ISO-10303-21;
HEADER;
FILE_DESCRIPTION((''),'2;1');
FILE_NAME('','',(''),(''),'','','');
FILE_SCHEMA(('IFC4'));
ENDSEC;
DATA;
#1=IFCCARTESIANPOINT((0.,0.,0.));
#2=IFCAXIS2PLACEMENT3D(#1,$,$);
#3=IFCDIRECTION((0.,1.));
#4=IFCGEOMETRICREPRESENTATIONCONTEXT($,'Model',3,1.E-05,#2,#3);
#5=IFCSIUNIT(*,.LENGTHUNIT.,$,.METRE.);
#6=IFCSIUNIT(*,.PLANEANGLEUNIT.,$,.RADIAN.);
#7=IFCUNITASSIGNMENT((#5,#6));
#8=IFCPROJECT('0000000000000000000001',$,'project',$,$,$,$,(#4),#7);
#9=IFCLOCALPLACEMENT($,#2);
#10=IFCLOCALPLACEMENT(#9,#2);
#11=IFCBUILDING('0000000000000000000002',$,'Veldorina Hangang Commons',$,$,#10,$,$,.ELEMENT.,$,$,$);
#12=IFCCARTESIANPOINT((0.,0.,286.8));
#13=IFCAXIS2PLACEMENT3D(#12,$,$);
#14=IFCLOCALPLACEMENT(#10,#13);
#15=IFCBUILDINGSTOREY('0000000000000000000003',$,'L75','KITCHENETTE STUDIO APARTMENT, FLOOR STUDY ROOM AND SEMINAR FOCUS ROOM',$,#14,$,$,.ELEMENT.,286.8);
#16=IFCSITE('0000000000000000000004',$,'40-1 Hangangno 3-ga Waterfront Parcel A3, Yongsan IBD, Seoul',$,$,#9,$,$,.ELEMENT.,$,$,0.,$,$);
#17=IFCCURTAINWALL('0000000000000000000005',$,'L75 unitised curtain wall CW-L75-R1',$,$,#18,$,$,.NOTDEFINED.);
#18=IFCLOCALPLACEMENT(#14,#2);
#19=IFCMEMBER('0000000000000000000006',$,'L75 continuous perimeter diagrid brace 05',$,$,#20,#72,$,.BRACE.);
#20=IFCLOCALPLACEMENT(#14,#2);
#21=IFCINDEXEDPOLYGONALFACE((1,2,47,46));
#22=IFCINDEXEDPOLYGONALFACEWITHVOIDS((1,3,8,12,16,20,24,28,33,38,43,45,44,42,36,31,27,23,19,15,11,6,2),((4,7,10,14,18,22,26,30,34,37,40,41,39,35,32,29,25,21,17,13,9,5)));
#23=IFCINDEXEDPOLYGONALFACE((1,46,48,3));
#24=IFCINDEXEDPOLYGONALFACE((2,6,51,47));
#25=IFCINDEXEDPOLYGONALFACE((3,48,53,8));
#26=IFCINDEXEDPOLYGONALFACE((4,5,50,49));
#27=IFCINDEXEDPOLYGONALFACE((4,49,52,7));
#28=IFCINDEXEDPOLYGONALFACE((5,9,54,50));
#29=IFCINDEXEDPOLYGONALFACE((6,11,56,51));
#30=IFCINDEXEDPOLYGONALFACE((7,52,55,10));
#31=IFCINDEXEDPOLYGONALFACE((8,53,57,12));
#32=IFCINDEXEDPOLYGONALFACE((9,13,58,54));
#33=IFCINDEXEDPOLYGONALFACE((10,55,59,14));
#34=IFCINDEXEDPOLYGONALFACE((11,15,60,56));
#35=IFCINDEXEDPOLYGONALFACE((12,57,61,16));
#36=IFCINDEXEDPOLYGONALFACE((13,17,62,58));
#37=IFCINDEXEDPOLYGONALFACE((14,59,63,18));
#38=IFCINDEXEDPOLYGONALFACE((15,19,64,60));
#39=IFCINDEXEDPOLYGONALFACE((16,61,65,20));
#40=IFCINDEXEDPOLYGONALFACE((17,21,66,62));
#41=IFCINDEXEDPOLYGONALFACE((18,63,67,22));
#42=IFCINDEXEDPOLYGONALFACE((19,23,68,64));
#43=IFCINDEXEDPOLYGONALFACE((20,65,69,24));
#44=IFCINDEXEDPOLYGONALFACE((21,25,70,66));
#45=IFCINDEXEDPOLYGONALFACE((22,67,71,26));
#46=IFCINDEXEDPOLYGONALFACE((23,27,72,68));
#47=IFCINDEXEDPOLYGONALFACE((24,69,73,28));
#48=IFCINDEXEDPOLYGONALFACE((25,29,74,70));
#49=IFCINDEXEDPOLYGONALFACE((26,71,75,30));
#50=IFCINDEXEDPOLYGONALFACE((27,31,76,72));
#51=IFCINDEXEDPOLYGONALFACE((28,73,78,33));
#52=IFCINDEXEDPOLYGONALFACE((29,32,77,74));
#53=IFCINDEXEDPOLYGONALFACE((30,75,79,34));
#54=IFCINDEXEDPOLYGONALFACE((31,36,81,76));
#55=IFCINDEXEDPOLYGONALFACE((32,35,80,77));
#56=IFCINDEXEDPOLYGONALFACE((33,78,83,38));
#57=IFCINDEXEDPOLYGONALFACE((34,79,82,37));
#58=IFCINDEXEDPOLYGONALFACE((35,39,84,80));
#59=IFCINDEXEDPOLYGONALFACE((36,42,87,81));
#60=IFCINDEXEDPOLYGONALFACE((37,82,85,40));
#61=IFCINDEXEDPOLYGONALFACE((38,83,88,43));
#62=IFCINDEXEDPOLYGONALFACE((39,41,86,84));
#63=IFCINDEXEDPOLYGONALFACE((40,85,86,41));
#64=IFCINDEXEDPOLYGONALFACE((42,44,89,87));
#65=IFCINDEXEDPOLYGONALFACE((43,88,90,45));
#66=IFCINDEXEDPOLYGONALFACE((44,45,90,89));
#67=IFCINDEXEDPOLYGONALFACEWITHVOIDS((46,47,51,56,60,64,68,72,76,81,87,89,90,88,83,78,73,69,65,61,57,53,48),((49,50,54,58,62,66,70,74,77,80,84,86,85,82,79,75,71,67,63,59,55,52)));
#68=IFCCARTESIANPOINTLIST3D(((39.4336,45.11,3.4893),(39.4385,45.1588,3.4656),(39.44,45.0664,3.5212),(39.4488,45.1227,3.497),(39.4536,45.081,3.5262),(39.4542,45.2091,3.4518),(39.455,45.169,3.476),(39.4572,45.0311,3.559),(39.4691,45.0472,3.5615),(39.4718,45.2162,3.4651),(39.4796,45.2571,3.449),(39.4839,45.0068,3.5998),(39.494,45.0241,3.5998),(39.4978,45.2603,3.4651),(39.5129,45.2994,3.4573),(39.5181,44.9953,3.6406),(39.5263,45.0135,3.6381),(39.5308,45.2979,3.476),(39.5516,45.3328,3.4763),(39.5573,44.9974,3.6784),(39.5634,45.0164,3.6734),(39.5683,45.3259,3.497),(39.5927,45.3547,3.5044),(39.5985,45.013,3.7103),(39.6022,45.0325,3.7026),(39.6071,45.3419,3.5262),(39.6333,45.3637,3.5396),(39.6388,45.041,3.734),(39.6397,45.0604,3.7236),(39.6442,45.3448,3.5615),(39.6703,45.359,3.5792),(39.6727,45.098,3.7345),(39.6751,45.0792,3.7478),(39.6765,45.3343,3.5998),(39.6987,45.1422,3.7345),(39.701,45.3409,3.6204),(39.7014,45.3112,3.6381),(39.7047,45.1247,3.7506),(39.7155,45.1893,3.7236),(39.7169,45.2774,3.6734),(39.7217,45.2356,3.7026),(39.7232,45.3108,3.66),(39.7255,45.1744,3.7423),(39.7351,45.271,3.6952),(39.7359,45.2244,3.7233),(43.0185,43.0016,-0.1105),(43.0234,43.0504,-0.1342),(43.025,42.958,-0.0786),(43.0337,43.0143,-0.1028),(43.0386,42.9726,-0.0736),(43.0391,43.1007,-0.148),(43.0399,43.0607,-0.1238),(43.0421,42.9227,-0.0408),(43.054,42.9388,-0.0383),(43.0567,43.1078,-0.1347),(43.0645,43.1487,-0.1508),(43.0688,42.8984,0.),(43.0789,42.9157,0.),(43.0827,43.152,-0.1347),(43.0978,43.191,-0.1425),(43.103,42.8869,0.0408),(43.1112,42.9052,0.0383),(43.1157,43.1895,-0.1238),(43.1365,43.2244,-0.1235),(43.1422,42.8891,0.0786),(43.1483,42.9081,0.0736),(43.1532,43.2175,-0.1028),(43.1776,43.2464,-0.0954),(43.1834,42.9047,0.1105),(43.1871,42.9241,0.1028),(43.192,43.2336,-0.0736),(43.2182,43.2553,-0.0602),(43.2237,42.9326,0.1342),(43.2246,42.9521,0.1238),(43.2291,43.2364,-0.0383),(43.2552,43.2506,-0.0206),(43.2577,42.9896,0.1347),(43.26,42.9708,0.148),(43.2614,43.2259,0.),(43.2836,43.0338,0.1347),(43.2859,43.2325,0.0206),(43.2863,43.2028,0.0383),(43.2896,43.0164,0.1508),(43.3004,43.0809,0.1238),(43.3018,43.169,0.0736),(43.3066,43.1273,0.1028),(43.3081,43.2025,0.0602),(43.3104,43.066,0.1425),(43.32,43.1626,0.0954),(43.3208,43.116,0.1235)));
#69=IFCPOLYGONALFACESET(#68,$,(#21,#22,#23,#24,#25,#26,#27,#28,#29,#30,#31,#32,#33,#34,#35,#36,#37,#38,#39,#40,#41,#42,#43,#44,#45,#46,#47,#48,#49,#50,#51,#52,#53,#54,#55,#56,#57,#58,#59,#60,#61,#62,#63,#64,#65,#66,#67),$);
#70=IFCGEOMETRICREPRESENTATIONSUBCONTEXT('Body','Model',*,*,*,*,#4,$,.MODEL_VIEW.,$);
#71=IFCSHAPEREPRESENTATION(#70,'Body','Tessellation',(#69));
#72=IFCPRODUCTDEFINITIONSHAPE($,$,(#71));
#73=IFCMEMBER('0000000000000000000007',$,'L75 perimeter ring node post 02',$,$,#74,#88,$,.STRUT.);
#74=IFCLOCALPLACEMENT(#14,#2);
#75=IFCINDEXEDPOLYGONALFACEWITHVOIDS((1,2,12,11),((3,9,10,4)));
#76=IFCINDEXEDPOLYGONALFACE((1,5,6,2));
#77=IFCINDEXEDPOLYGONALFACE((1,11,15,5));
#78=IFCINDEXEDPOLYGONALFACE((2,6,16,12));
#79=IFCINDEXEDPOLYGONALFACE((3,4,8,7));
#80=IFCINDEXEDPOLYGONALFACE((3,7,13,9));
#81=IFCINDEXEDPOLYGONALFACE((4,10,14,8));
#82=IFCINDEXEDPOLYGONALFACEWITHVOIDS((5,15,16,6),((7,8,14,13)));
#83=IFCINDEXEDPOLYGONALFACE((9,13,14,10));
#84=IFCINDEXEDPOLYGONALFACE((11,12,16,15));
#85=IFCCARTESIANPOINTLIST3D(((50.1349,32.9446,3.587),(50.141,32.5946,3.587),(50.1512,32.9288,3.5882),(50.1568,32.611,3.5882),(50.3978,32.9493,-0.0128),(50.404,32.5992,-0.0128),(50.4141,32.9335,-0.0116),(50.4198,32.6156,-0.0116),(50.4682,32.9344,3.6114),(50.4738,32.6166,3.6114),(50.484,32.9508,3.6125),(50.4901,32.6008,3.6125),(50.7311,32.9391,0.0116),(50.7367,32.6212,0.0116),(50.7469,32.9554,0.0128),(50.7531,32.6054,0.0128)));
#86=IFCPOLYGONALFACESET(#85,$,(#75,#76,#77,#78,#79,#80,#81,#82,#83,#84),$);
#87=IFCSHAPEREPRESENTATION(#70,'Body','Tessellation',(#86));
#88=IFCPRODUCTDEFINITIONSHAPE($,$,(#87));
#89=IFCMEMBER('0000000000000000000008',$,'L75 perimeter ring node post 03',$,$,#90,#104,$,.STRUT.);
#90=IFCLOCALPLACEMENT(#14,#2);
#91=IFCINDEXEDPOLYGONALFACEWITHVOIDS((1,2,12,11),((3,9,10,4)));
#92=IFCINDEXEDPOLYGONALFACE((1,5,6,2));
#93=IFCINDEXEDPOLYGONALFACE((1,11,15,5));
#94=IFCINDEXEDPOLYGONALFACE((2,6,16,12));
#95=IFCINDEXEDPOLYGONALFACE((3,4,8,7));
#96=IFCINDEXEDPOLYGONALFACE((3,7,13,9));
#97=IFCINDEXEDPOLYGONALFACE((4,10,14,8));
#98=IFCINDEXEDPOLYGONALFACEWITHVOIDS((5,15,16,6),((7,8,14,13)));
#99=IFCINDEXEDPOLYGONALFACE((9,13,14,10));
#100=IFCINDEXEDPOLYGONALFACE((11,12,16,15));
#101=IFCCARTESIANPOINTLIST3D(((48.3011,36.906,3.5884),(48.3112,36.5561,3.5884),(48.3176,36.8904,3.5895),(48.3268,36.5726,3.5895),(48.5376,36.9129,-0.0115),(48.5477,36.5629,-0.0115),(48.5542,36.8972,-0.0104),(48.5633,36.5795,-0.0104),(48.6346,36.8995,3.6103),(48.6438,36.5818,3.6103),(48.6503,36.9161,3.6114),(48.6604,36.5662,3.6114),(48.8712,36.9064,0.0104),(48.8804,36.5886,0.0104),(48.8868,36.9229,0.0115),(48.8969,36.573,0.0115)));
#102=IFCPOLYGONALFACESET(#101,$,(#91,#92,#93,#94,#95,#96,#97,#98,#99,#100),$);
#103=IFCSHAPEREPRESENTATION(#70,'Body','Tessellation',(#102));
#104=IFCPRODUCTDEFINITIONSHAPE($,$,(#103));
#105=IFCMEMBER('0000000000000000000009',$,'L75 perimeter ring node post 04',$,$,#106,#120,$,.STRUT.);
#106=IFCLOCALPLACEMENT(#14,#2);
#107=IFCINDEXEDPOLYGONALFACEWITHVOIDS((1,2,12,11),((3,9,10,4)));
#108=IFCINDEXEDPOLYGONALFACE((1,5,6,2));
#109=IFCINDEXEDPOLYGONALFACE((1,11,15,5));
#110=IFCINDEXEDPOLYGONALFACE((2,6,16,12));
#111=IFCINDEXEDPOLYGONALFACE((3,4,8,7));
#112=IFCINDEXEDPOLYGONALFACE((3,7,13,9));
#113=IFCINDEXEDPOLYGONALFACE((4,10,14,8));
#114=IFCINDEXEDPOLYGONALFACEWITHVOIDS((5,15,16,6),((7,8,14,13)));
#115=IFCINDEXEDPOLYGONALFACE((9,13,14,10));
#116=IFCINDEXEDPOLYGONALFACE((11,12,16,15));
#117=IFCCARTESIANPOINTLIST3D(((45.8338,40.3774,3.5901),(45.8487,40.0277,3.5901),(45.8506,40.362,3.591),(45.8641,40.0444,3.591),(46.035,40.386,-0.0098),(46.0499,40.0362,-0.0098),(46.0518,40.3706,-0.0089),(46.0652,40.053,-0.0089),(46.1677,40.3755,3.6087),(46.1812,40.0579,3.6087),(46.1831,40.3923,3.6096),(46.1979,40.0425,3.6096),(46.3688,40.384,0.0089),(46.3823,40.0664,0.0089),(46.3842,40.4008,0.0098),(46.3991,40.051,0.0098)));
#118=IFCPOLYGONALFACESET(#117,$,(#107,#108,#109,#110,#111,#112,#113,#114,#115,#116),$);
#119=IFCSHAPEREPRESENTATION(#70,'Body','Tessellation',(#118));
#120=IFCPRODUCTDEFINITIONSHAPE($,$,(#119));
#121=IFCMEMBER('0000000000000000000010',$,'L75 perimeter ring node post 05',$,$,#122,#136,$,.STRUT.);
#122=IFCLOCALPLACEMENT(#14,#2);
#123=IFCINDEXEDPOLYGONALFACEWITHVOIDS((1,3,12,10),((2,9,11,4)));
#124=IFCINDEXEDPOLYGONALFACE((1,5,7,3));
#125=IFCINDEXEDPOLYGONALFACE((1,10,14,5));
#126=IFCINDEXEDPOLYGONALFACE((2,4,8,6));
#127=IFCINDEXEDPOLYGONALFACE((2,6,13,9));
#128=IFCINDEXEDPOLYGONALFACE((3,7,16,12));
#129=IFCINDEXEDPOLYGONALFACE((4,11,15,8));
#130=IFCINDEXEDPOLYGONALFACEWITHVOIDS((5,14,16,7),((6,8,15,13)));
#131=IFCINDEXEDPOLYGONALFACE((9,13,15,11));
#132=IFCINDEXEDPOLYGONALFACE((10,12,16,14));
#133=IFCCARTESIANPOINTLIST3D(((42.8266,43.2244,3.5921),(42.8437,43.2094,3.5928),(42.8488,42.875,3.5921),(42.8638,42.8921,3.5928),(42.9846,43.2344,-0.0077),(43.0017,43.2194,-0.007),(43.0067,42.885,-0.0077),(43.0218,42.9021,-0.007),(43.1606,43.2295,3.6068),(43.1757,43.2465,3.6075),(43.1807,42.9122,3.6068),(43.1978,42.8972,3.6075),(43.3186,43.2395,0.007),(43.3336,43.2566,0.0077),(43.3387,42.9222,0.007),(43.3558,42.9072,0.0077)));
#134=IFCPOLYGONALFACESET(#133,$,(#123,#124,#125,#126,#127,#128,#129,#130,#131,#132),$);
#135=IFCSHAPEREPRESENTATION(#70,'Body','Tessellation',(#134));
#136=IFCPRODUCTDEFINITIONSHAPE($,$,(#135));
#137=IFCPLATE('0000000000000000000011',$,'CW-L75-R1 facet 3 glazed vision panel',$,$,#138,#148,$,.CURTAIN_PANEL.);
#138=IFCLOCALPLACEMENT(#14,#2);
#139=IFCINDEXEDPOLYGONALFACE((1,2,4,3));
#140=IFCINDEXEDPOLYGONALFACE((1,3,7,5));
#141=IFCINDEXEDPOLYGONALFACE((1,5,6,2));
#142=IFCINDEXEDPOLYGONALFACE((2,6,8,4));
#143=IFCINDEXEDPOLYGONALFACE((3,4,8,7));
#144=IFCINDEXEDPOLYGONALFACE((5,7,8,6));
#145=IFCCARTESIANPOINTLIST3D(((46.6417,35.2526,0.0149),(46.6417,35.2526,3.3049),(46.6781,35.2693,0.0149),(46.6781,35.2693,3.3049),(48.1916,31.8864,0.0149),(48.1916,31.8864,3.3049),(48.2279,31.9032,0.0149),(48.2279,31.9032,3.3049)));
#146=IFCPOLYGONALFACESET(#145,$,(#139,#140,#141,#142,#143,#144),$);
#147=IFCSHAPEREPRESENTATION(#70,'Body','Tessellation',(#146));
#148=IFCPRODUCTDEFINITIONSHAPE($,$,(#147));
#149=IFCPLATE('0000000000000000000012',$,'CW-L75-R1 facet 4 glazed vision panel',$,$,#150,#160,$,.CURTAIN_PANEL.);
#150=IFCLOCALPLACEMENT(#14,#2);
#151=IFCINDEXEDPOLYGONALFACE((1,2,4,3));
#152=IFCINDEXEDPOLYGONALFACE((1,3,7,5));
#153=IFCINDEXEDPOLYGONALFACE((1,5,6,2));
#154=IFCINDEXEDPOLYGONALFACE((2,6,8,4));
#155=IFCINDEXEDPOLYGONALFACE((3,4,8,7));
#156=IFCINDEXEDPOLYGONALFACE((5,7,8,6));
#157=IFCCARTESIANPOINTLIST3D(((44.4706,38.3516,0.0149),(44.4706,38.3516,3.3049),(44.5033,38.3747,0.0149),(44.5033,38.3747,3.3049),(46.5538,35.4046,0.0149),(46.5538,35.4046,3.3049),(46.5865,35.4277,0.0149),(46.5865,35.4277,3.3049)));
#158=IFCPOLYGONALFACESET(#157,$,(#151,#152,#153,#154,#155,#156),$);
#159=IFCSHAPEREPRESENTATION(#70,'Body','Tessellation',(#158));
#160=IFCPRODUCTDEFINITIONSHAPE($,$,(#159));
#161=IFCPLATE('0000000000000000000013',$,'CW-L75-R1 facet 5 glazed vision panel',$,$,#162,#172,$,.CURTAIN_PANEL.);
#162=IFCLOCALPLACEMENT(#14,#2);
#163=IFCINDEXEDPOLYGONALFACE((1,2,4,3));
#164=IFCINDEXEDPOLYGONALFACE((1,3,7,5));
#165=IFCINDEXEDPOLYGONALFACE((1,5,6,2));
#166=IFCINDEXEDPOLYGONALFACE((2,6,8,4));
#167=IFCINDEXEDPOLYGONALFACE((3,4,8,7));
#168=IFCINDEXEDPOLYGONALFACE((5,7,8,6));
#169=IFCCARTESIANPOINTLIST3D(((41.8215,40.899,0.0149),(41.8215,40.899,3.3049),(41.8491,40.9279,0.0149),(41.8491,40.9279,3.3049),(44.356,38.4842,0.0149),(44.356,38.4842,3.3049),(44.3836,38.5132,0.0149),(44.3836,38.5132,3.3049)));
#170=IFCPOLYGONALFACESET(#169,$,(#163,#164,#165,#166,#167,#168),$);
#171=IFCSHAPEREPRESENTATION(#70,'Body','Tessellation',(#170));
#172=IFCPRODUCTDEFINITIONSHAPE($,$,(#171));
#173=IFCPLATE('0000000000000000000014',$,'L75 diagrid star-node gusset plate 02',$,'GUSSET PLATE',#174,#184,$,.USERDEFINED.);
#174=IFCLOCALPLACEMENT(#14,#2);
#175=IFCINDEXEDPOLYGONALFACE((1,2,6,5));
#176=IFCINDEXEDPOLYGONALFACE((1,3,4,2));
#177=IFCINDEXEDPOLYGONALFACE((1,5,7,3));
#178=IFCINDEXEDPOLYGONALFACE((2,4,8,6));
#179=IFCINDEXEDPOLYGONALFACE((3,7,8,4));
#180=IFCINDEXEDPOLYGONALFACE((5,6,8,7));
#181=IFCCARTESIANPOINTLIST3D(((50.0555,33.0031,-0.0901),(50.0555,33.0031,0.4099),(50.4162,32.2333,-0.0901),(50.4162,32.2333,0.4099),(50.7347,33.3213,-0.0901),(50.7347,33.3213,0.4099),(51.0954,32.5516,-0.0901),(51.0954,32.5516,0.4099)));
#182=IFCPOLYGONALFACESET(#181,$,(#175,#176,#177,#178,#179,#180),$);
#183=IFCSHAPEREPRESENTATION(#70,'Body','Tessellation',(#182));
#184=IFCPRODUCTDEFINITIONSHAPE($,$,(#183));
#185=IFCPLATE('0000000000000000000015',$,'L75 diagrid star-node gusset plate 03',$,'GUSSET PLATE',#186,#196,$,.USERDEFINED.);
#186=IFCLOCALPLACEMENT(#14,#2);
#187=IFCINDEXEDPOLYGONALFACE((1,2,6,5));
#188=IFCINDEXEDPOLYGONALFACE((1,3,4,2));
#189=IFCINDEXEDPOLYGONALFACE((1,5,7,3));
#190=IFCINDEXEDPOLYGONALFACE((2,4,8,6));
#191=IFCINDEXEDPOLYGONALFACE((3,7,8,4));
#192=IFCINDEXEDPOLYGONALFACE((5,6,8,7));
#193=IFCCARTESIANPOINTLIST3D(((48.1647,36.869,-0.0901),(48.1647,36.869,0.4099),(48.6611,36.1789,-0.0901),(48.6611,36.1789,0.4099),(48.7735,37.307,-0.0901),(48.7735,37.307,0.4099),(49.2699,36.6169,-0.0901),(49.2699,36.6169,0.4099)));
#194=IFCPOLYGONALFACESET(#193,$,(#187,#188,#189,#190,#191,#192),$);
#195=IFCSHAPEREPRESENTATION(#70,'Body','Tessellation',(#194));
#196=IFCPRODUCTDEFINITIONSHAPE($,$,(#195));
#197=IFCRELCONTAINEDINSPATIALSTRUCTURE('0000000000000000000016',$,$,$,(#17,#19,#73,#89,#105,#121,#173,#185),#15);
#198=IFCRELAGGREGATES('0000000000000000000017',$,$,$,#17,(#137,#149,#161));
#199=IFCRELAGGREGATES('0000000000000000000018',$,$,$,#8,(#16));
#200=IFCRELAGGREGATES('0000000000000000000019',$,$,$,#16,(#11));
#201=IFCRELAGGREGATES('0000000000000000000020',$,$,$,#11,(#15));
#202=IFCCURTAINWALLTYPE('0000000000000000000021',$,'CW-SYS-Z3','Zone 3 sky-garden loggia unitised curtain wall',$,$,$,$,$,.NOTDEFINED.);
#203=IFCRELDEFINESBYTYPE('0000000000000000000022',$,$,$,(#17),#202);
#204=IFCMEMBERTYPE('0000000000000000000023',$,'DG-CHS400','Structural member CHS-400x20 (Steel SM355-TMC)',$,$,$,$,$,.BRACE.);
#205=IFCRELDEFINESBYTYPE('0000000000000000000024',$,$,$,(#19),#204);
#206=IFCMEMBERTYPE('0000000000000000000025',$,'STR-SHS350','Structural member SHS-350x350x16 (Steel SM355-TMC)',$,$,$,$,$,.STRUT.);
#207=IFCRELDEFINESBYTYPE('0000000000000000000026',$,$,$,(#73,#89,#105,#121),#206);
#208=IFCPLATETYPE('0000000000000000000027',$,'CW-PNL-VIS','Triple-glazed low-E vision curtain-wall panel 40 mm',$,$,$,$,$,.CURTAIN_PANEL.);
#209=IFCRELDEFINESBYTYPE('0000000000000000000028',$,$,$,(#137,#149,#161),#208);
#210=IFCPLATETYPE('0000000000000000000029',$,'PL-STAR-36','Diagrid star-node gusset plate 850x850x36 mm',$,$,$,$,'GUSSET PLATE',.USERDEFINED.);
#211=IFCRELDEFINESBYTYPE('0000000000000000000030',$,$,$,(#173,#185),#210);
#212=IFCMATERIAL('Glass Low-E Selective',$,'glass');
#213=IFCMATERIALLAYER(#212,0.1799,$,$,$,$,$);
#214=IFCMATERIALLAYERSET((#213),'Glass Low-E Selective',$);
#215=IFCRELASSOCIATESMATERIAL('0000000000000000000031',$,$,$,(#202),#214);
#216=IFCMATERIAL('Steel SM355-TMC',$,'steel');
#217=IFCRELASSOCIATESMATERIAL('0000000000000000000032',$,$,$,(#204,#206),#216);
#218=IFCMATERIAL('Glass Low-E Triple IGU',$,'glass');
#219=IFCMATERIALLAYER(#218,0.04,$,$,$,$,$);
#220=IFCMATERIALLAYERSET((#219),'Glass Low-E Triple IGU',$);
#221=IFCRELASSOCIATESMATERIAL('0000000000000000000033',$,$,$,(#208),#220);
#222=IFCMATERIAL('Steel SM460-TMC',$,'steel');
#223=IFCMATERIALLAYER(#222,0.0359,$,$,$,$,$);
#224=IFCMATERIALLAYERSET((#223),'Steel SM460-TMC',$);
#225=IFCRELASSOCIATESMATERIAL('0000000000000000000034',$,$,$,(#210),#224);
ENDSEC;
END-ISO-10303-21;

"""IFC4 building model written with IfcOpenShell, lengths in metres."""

from ifc_helpers import new_model, si_unit, direction, frame, origin, origin_2d, place, context, subcontext, project, spatial, rectangle, hollow_rectangle, hollow_circle, extrude, material, layer, layer_set, material_profile, profile_set, type_object, element, aggregate, save


model = new_model("IFC4")

# Units and contexts
model_context = context("Model", 3, precision=1e-05, world=origin(), true_north=direction((0.0, 1.0)))
body_context = subcontext(model_context, "Body", "Model", "MODEL_VIEW")
ifc_project = project(units=[si_unit("LENGTHUNIT", "METRE"), si_unit("PLANEANGLEUNIT", "RADIAN")], contexts=[model_context])

# Site, building, storey
site_placement = place(None, origin())
site = spatial("IfcSite", under=ifc_project, at=site_placement, Name="40-1 Hangangno 3-ga Waterfront Parcel A3, Yongsan IBD, Seoul", CompositionType="ELEMENT", RefElevation=0.0)
building_placement = place(site_placement, origin())
building = spatial("IfcBuilding", under=site, at=building_placement, Name="Veldorina Hangang Commons", CompositionType="ELEMENT")
storey_placement = place(building_placement, frame((0.0, 0.0, 286.8)))
storey = spatial("IfcBuildingStorey", under=building, at=storey_placement, Name="L75", Description="KITCHENETTE STUDIO APARTMENT, FLOOR STUDY ROOM AND SEMINAR FOCUS ROOM", CompositionType="ELEMENT", Elevation=286.8)

# Shared definitions
ifc_material_1 = material(Name="Steel SM355-TMC", Category="steel")

# Curtain wall
ifc_material_2 = material(Name="Glass Low-E Selective", Category="glass")
ifc_layer_1 = layer(ifc_material_2, 0.1799)
ifc_layer_set_1 = layer_set([ifc_layer_1], Name="Glass Low-E Selective")
curtain_wall_type = type_object("IfcCurtainWallType", Name="CW-SYS-Z3", Description="Zone 3 sky-garden loggia unitised curtain wall", PredefinedType="NOTDEFINED", material=ifc_layer_set_1)
curtain_wall_placement = place(storey_placement, origin())
curtain_wall = element("IfcCurtainWall", 1, at=curtain_wall_placement, inside=storey, type_object=curtain_wall_type, Name="L75 unitised curtain wall CW-L75-R1", PredefinedType="NOTDEFINED")

# Members
ifc_material_profile_1 = material_profile(ifc_material_1, hollow_circle(Radius=0.2, WallThickness=0.02, at=origin_2d()), Name="CHS-400x20")
ifc_profile_set_1 = profile_set([ifc_material_profile_1], Name="Steel SM355-TMC")
member_type_1 = type_object("IfcMemberType", Name="DG-CHS400", Description="Structural member CHS-400x20 (Steel SM355-TMC)", PredefinedType="BRACE", material=ifc_profile_set_1)
member_1_placement = place(storey_placement, frame((43.1702, 43.0708, 0.0), z_axis=(-0.651744, 0.383306, 0.654451), x_axis=(-0.506948, -0.861976, 0.0)))
element("IfcMember", 2, at=member_1_placement, inside=storey, type_object=member_type_1, Name="L75 continuous perimeter diagrid brace 05", PredefinedType="BRACE", context=body_context, shape_type="SweptSolid", body=[
    extrude(hollow_circle(Radius=0.2, WallThickness=0.02, at=origin_2d()), origin(), (0.0, 0.0, 1.0), 5.5005),
])
ifc_material_profile_2 = material_profile(ifc_material_1, hollow_rectangle(XDim=0.3501, YDim=0.3501, WallThickness=0.0161, at=origin_2d()), Name="SHS-350x350x16")
ifc_profile_set_2 = profile_set([ifc_material_profile_2], Name="Steel SM355-TMC")
member_type_2 = type_object("IfcMemberType", Name="STR-SHS350", Description="Structural member SHS-350x350x16 (Steel SM355-TMC)", PredefinedType="STRUT", material=ifc_profile_set_2)
member_2_placement = place(storey_placement, frame((50.5754, 32.7773, 0.0), z_axis=(-0.072848, -0.001285, 0.997342), x_axis=(0.017639, -0.999844, 0.0)))
element("IfcMember", 3, at=member_2_placement, inside=storey, type_object=member_type_2, Name="L75 perimeter ring node post 02", PredefinedType="STRUT", context=body_context, shape_type="SweptSolid", body=[
    extrude(hollow_rectangle(XDim=0.3501, YDim=0.3501, WallThickness=0.0161, at=origin_2d()), origin(), (0.0, 0.0, 1.0), 3.6094),
])
member_3_placement = place(storey_placement, frame((48.7173, 36.7429, 0.0), z_axis=(-0.065576, -0.001895, 0.997846), x_axis=(0.028884, -0.999583, 0.0)))
element("IfcMember", 4, at=member_3_placement, inside=storey, type_object=member_type_2, Name="L75 perimeter ring node post 03", PredefinedType="STRUT", context=body_context, shape_type="SweptSolid", body=[
    extrude(hollow_rectangle(XDim=0.3501, YDim=0.3501, WallThickness=0.0161, at=origin_2d()), origin(), (0.0, 0.0, 1.0), 3.6077),
])
member_4_placement = place(storey_placement, frame((46.217, 40.2185, 0.0), z_axis=(-0.055796, -0.00237, 0.998439), x_axis=(0.042437, -0.999099, 0.0)))
element("IfcMember", 5, at=member_4_placement, inside=storey, type_object=member_type_2, Name="L75 perimeter ring node post 04", PredefinedType="STRUT", context=body_context, shape_type="SweptSolid", body=[
    extrude(hollow_rectangle(XDim=0.3501, YDim=0.3501, WallThickness=0.0161, at=origin_2d()), origin(), (0.0, 0.0, 1.0), 3.6055),
])
member_5_placement = place(storey_placement, frame((43.1702, 43.0708, 0.0), z_axis=(-0.043837, -0.002778, 0.999035), x_axis=(0.063243, -0.997998, 0.0)))
element("IfcMember", 6, at=member_5_placement, inside=storey, type_object=member_type_2, Name="L75 perimeter ring node post 05", PredefinedType="STRUT", context=body_context, shape_type="SweptSolid", body=[
    extrude(hollow_rectangle(XDim=0.3501, YDim=0.3501, WallThickness=0.0161, at=origin_2d()), origin(), (0.0, 0.0, 1.0), 3.6033),
])

# Plates
ifc_material_3 = material(Name="Glass Low-E Triple IGU", Category="glass")
ifc_layer_2 = layer(ifc_material_3, 0.04)
ifc_layer_set_2 = layer_set([ifc_layer_2], Name="Glass Low-E Triple IGU")
plate_type_1 = type_object("IfcPlateType", Name="CW-PNL-VIS", Description="Triple-glazed low-E vision curtain-wall panel 40 mm", PredefinedType="CURTAIN_PANEL", material=ifc_layer_set_2)
plate_1_placement = place(storey_placement, frame((47.4348, 33.5779, 0.0149), z_axis=(0.0, 0.0, 1.0), x_axis=(-0.418232, 0.90834, 0.0)))
plate_1 = element("IfcPlate", 7, at=plate_1_placement, type_object=plate_type_1, Name="CW-L75-R1 facet 3 glazed vision panel", PredefinedType="CURTAIN_PANEL", context=body_context, shape_type="SweptSolid", body=[
    extrude(rectangle(XDim=3.7058, YDim=0.04, at=origin_2d()), origin(), (0.0, 0.0, 1.0), 3.29),
])
plate_2_placement = place(storey_placement, frame((45.5286, 36.8896, 0.0149), z_axis=(0.0, 0.0, 1.0), x_axis=(-0.577231, 0.816581, 0.0)))
plate_2 = element("IfcPlate", 8, at=plate_2_placement, type_object=plate_type_1, Name="CW-L75-R1 facet 4 glazed vision panel", PredefinedType="CURTAIN_PANEL", context=body_context, shape_type="SweptSolid", body=[
    extrude(rectangle(XDim=3.6089, YDim=0.04, at=origin_2d()), origin(), (0.0, 0.0, 1.0), 3.29),
])
plate_3_placement = place(storey_placement, frame((43.1025, 39.7061, 0.0149), z_axis=(0.0, 0.0, 1.0), x_axis=(-0.724003, 0.689796, 0.0)))
plate_3 = element("IfcPlate", 9, at=plate_3_placement, type_object=plate_type_1, Name="CW-L75-R1 facet 5 glazed vision panel", PredefinedType="CURTAIN_PANEL", context=body_context, shape_type="SweptSolid", body=[
    extrude(rectangle(XDim=3.5007, YDim=0.04, at=origin_2d()), origin(), (0.0, 0.0, 1.0), 3.29),
])
aggregate(curtain_wall, [plate_1, plate_2, plate_3])

# Plates
ifc_material_4 = material(Name="Steel SM460-TMC", Category="steel")
ifc_layer_3 = layer(ifc_material_4, 0.0359)
ifc_layer_set_3 = layer_set([ifc_layer_3], Name="Steel SM460-TMC")
plate_type_2 = type_object("IfcPlateType", Name="PL-STAR-36", Description="Diagrid star-node gusset plate 850x850x36 mm", ElementType="GUSSET PLATE", PredefinedType="USERDEFINED", material=ifc_layer_set_3)
for number, where, z_axis, x_axis, name in (
    (10, (50.5754, 32.7773, -0.0901), (0.0, 0.0, 1.0), (-0.424294, 0.905524, 0.0), "L75 diagrid star-node gusset plate 02"),
    (11, (48.7173, 36.7429, -0.0901), (0.0, 0.0, 1.0), (-0.583981, 0.811768, 0.0), "L75 diagrid star-node gusset plate 03"),
):
    element("IfcPlate", number, at=place(storey_placement, frame(where, z_axis=z_axis, x_axis=x_axis)), inside=storey, type_object=plate_type_2, Name=name, ObjectType="GUSSET PLATE", PredefinedType="USERDEFINED", context=body_context, shape_type="SweptSolid", body=[
        extrude(rectangle(XDim=0.8501, YDim=0.75, at=origin_2d()), origin(), (0.0, 0.0, 1.0), 0.5),
    ])

save(model, "model.ifc")
